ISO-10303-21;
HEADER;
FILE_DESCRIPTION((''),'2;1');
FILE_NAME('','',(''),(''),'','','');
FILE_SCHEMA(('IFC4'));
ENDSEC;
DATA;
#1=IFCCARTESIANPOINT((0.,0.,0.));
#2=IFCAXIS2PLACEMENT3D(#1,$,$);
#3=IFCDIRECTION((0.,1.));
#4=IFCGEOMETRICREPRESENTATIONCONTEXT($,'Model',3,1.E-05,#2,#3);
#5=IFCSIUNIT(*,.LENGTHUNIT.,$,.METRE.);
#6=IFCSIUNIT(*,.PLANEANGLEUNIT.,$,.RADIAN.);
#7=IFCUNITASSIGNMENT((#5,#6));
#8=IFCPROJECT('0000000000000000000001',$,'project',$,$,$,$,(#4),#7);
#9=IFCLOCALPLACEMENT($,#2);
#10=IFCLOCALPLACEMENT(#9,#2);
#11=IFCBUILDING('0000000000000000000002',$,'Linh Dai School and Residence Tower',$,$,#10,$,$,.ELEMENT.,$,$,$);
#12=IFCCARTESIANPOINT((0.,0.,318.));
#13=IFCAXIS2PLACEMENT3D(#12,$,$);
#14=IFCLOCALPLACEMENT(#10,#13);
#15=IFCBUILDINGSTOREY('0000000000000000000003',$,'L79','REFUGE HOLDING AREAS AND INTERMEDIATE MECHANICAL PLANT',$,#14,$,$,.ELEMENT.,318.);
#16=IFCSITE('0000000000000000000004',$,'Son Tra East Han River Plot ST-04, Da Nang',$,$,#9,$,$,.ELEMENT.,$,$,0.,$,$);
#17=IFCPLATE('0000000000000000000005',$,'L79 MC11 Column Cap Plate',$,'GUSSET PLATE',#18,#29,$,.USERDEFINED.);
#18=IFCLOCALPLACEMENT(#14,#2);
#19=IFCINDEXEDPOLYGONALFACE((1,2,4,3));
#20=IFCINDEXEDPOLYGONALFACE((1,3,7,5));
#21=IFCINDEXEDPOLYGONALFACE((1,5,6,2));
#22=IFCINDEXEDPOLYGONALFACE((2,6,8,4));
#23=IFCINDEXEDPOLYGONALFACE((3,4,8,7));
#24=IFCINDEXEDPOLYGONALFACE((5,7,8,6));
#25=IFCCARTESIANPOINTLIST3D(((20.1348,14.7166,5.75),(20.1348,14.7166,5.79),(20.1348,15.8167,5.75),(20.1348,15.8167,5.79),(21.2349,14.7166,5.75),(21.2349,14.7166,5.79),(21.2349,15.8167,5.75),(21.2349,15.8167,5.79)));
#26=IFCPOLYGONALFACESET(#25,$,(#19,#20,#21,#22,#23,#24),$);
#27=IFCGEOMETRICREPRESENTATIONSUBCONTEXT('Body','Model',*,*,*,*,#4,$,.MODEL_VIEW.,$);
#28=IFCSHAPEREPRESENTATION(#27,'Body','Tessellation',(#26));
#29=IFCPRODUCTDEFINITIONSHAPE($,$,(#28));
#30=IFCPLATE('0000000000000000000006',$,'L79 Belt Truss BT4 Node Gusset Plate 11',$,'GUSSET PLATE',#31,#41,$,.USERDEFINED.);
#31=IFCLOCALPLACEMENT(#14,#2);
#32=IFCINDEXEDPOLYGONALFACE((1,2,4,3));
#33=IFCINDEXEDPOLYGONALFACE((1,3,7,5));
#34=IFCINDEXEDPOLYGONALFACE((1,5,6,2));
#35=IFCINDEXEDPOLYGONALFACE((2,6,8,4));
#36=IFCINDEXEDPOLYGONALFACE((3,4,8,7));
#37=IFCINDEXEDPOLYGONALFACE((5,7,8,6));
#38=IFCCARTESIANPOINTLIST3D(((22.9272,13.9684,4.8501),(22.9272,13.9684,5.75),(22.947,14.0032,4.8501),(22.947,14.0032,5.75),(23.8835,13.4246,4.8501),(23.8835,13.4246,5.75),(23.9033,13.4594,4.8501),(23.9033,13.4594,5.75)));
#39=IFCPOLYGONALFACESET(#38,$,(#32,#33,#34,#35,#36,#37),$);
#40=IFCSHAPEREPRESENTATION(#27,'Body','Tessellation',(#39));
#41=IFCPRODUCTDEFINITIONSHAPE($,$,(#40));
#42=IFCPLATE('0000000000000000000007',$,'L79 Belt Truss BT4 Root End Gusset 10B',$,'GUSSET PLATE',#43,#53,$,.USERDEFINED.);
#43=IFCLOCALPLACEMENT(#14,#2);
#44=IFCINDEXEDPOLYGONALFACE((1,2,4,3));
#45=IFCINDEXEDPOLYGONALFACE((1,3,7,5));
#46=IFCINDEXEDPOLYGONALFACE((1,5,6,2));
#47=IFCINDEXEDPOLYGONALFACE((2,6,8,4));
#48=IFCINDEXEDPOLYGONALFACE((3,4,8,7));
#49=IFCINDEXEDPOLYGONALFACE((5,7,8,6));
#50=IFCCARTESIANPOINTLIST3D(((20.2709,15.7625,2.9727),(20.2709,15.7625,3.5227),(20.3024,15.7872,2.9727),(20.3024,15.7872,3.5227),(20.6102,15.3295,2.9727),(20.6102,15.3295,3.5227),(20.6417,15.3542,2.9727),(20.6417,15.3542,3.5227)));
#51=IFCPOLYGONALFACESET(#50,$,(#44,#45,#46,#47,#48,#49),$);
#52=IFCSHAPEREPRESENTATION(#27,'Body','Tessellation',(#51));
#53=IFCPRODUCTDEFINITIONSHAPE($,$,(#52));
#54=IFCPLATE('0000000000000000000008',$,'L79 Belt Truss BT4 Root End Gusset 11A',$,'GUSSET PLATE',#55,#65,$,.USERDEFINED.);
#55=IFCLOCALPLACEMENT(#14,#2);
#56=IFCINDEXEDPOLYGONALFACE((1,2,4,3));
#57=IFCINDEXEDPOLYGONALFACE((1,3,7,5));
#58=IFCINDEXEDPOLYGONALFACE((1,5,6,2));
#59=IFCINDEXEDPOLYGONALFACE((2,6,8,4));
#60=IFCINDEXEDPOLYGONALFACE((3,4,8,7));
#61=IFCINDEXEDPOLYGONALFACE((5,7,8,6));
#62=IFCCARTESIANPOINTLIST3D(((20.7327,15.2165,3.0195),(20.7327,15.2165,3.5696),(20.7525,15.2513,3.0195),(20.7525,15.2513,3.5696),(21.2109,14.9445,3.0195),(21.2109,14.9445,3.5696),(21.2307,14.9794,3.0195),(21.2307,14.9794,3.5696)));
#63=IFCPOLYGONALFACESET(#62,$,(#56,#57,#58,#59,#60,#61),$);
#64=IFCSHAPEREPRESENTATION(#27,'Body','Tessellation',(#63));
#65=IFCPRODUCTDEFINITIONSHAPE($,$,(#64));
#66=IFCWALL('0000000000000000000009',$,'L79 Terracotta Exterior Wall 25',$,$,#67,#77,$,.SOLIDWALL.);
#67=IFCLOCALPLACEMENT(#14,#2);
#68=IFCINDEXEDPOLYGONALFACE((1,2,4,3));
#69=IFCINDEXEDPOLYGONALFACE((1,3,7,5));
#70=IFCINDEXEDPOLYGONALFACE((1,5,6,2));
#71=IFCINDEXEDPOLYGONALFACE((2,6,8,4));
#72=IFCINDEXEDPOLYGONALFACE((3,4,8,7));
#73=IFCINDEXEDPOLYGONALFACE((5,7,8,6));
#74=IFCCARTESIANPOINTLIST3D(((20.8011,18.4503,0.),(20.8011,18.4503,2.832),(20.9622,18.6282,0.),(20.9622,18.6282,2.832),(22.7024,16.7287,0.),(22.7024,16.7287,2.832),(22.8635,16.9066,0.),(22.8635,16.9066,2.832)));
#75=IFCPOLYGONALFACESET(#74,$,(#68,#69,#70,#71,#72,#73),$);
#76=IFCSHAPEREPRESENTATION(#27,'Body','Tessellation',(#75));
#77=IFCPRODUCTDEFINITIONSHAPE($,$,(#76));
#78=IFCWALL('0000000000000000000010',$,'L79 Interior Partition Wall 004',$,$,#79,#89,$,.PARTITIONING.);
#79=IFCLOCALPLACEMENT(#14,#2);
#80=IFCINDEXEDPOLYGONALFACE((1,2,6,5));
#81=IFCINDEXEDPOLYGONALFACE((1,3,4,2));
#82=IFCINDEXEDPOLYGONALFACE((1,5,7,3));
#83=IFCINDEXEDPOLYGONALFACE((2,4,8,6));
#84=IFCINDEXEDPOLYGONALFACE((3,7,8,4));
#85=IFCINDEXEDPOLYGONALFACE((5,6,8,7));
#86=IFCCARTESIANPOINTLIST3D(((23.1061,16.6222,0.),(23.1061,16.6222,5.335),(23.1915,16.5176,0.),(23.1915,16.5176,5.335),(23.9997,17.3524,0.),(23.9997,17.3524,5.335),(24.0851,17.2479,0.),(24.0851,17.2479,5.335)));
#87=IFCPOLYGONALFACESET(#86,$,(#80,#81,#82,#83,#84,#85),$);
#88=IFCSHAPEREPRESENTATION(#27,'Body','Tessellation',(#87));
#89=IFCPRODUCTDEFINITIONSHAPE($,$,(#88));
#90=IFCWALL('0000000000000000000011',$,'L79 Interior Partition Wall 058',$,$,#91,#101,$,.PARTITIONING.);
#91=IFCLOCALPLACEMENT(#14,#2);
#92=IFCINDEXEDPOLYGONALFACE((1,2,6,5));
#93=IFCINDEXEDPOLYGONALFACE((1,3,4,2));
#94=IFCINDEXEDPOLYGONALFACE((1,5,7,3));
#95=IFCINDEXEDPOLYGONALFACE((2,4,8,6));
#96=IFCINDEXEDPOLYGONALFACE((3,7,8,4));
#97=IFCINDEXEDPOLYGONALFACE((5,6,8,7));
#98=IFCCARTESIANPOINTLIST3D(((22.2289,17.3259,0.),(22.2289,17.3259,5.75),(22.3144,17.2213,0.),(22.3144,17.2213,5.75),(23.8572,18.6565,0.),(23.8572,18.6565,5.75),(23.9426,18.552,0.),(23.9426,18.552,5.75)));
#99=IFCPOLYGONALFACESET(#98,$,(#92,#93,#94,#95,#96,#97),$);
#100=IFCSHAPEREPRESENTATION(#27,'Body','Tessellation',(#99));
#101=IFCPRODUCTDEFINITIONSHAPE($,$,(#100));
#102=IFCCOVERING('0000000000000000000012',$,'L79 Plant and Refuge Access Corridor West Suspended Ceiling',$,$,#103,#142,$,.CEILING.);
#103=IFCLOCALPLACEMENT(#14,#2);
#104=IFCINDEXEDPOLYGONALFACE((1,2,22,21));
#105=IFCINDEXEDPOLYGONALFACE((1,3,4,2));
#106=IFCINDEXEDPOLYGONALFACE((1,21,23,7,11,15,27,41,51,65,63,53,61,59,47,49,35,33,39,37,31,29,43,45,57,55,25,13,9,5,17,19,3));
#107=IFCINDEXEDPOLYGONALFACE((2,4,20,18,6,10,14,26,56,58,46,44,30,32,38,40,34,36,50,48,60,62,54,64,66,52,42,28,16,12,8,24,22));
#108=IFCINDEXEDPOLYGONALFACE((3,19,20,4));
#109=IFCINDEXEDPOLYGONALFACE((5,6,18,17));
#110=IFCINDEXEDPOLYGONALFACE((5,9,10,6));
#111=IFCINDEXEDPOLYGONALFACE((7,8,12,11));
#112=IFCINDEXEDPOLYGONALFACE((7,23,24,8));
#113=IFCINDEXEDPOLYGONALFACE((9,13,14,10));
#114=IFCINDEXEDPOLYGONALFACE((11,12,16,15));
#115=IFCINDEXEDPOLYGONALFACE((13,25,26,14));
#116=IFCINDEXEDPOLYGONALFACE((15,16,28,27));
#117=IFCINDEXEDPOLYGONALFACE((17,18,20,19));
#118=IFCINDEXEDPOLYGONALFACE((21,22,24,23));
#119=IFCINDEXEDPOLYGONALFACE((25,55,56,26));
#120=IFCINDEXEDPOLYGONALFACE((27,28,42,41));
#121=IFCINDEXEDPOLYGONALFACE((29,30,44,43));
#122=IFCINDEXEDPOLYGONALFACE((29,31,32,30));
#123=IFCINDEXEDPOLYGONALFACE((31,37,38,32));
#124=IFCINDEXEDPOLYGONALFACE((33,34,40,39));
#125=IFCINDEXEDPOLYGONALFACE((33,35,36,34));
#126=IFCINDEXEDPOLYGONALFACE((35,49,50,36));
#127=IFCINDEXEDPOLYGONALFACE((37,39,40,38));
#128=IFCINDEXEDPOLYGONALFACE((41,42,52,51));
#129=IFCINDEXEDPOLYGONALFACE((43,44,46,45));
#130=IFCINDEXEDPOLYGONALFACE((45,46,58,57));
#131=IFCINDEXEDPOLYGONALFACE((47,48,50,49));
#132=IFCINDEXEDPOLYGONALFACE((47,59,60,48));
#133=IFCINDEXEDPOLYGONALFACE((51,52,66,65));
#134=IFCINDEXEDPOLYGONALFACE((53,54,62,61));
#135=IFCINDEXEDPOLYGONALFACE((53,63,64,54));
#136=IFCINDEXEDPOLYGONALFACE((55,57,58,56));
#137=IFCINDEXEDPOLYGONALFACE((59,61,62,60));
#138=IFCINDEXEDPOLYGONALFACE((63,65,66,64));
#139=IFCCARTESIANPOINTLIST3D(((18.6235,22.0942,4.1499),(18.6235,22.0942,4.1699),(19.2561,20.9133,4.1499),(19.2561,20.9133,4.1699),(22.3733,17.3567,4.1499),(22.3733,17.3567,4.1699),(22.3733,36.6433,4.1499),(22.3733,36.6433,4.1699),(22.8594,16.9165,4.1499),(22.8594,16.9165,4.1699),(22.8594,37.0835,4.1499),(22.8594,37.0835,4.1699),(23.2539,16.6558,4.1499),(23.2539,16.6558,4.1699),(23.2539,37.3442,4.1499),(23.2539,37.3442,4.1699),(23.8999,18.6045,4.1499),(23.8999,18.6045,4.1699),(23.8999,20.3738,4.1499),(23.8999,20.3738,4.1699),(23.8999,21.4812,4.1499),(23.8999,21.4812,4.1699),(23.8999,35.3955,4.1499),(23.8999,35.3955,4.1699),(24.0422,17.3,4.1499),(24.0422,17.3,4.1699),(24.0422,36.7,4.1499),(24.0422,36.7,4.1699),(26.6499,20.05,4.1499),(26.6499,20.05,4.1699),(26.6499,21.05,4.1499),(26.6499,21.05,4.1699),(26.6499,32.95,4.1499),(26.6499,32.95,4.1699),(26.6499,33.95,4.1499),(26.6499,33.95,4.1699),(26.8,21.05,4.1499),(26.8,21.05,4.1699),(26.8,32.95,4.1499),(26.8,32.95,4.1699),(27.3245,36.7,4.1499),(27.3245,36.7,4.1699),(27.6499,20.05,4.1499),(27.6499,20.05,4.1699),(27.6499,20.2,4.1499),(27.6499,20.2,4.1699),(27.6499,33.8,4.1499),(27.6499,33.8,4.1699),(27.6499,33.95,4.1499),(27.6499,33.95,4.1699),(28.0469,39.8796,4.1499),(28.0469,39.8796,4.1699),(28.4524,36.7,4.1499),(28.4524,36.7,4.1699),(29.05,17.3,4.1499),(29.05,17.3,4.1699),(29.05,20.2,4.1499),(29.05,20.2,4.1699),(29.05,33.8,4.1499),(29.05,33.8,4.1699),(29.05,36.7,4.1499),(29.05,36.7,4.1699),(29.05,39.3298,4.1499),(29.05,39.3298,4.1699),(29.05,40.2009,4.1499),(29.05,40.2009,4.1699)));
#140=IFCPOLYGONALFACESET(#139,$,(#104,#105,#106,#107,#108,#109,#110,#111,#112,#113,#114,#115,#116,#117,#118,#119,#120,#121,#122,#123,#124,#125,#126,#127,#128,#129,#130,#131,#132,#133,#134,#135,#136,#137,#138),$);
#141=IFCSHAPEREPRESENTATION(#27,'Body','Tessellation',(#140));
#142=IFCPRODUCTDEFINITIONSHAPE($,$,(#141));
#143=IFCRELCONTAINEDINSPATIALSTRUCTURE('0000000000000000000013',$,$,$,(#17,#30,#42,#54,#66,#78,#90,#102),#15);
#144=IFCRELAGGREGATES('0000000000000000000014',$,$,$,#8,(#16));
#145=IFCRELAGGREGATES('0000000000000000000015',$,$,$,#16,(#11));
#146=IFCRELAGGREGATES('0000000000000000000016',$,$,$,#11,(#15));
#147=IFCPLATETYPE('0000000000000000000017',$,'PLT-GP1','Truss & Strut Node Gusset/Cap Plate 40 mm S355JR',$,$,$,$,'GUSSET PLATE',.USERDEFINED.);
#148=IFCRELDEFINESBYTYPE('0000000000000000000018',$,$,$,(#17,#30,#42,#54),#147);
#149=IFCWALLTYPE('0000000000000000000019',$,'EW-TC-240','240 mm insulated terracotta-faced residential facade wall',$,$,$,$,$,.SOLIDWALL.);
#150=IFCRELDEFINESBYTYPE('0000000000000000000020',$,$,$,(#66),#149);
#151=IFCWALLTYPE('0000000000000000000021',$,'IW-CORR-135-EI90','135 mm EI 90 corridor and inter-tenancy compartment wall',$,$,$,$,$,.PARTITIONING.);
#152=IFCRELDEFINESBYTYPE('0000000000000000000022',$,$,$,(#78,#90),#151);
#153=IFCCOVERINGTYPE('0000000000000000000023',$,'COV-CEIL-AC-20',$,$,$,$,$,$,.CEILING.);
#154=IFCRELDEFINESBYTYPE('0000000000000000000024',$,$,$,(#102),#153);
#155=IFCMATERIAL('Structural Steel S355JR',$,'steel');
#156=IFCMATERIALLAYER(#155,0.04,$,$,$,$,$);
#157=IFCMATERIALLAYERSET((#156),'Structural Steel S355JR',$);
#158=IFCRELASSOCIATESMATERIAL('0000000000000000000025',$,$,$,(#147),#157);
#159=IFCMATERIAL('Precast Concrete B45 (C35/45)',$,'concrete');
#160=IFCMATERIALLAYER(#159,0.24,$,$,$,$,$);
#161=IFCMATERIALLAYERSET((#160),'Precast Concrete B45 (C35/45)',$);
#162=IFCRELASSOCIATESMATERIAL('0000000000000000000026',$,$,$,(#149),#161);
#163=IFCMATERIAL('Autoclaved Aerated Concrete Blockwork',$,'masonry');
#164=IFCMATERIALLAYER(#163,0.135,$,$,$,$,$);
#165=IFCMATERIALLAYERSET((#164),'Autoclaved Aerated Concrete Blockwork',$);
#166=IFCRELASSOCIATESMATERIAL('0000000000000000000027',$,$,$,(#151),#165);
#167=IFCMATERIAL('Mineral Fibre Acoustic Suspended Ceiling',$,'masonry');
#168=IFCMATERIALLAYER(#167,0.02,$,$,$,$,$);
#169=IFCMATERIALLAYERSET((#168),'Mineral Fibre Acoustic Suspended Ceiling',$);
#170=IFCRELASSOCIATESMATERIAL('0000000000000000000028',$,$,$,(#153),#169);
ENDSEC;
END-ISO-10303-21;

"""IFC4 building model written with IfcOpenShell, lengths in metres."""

from ifc_helpers import new_model, si_unit, direction, frame, frame_2d, origin, origin_2d, place, context, subcontext, project, spatial, polyline, rectangle, outline, extrude, source, transform, mapped, material, layer, layer_set, type_object, element, save


model = new_model("IFC4")

# Units and contexts
model_context = context("Model", 3, precision=1e-05, world=origin(), true_north=direction((0.0, 1.0)))
body_context = subcontext(model_context, "Body", "Model", "MODEL_VIEW")
ifc_project = project(units=[si_unit("LENGTHUNIT", "METRE"), si_unit("PLANEANGLEUNIT", "RADIAN")], contexts=[model_context])

# Site, building, storey
site_placement = place(None, origin())
site = spatial("IfcSite", under=ifc_project, at=site_placement, Name="Son Tra East Han River Plot ST-04, Da Nang", CompositionType="ELEMENT", RefElevation=0.0)
building_placement = place(site_placement, origin())
building = spatial("IfcBuilding", under=site, at=building_placement, Name="Linh Dai School and Residence Tower", CompositionType="ELEMENT")
storey_placement = place(building_placement, frame((0.0, 0.0, 318.0)))
storey = spatial("IfcBuildingStorey", under=building, at=storey_placement, Name="L79", Description="REFUGE HOLDING AREAS AND INTERMEDIATE MECHANICAL PLANT", CompositionType="ELEMENT", Elevation=318.0)

# Shared definitions
ifc_material_1 = material(Name="Structural Steel S355JR", Category="steel")

# Plates
ifc_layer_1 = layer(ifc_material_1, 0.04)
ifc_layer_set_1 = layer_set([ifc_layer_1], Name="Structural Steel S355JR")
plate_type = type_object("IfcPlateType", Name="PLT-GP1", Description="Truss & Strut Node Gusset/Cap Plate 40 mm S355JR", ElementType="GUSSET PLATE", PredefinedType="USERDEFINED", material=ifc_layer_set_1)
shared_shape_1 = source(origin(), body_context, "Body", "SweptSolid", [
    extrude(rectangle(XDim=1.1001, YDim=1.1001, at=origin_2d()), origin(), (0.0, 0.0, 1.0), 0.04),
])
plate_1_placement = place(storey_placement, frame((20.6848, 15.2666, 5.75), z_axis=(0.0, 0.0, 1.0), x_axis=(1.0, 0.0, 0.0)))
element("IfcPlate", 1, at=plate_1_placement, inside=storey, type_object=plate_type, Name="L79 MC11 Column Cap Plate", ObjectType="GUSSET PLATE", PredefinedType="USERDEFINED", context=body_context, shape_type="MappedRepresentation", body=[
    mapped(shared_shape_1, transform((0.0, 0.0, 0.0), x_axis=(1.0, 0.0, 0.0), y_axis=(0.0, 1.0, 0.0), z_axis=(0.0, 0.0, 1.0), scale=1.0)),
])
shared_shape_2 = source(origin(), body_context, "Body", "SweptSolid", [
    extrude(rectangle(XDim=1.1001, YDim=0.04, at=origin_2d()), origin(), (0.0, 0.0, 1.0), 0.8999),
])
plate_2_placement = place(storey_placement, frame((23.4153, 13.7139, 4.8501), z_axis=(0.0, 0.0, 1.0), x_axis=(0.869275, -0.494329, 0.0)))
element("IfcPlate", 2, at=plate_2_placement, inside=storey, type_object=plate_type, Name="L79 Belt Truss BT4 Node Gusset Plate 11", ObjectType="GUSSET PLATE", PredefinedType="USERDEFINED", context=body_context, shape_type="MappedRepresentation", body=[
    mapped(shared_shape_2, transform((0.0, 0.0, 0.0), x_axis=(1.0, 0.0, 0.0), y_axis=(0.0, 1.0, 0.0), z_axis=(0.0, 0.0, 1.0), scale=1.0)),
])
shared_shape_3 = source(origin(), body_context, "Body", "SweptSolid", [
    extrude(rectangle(XDim=0.55, YDim=0.04, at=origin_2d()), origin(), (0.0, 0.0, 1.0), 0.55),
])
for number, where, z_axis, x_axis, name in (
    (3, (20.4563, 15.5583, 2.9727), (0.0, 0.0, 1.0), (0.616871, -0.787064, 0.0), "L79 Belt Truss BT4 Root End Gusset 10B"),
    (4, (20.9817, 15.0979, 3.0195), (0.0, 0.0, 1.0), (0.869275, -0.494329, 0.0), "L79 Belt Truss BT4 Root End Gusset 11A"),
):
    element("IfcPlate", number, at=place(storey_placement, frame(where, z_axis=z_axis, x_axis=x_axis)), inside=storey, type_object=plate_type, Name=name, ObjectType="GUSSET PLATE", PredefinedType="USERDEFINED", context=body_context, shape_type="MappedRepresentation", body=[
        mapped(shared_shape_3, transform((0.0, 0.0, 0.0), x_axis=(1.0, 0.0, 0.0), y_axis=(0.0, 1.0, 0.0), z_axis=(0.0, 0.0, 1.0), scale=1.0)),
    ])

# Walls
ifc_material_2 = material(Name="Precast Concrete B45 (C35/45)", Category="concrete")
ifc_layer_2 = layer(ifc_material_2, 0.24)
ifc_layer_set_2 = layer_set([ifc_layer_2], Name="Precast Concrete B45 (C35/45)")
wall_type_1 = type_object("IfcWallType", Name="EW-TC-240", Description="240 mm insulated terracotta-faced residential facade wall", PredefinedType="SOLIDWALL", material=ifc_layer_set_2)
wall_1_placement = place(storey_placement, frame((22.783, 16.8176, 0.0), z_axis=(0.0, 0.0, 1.0), x_axis=(-0.741265, 0.671212, 0.0)))
element("IfcWall", 5, at=wall_1_placement, inside=storey, type_object=wall_type_1, Name="L79 Terracotta Exterior Wall 25", PredefinedType="SOLIDWALL", context=body_context, shape_type="SweptSolid", body=[
    extrude(rectangle(XDim=2.5649, YDim=0.24, at=frame_2d((1.2825, 0.0))), origin(), (0.0, 0.0, 1.0), 2.832),
])
ifc_material_3 = material(Name="Autoclaved Aerated Concrete Blockwork", Category="masonry")
ifc_layer_3 = layer(ifc_material_3, 0.135)
ifc_layer_set_3 = layer_set([ifc_layer_3], Name="Autoclaved Aerated Concrete Blockwork")
wall_type_2 = type_object("IfcWallType", Name="IW-CORR-135-EI90", Description="135 mm EI 90 corridor and inter-tenancy compartment wall", PredefinedType="PARTITIONING", material=ifc_layer_set_3)
wall_2_placement = place(storey_placement, frame((23.1487, 16.5698, 0.0), z_axis=(0.0, 0.0, 1.0), x_axis=(0.774325, 0.632788, 0.0)))
element("IfcWall", 6, at=wall_2_placement, inside=storey, type_object=wall_type_2, Name="L79 Interior Partition Wall 004", PredefinedType="PARTITIONING", context=body_context, shape_type="SweptSolid", body=[
    extrude(rectangle(XDim=1.1541, YDim=0.135, at=frame_2d((0.5771, 0.0))), origin(), (0.0, 0.0, 1.0), 5.335),
])
wall_3_placement = place(storey_placement, frame((22.2717, 17.2737, 0.0), z_axis=(0.0, 0.0, 1.0), x_axis=(0.774324, 0.632789, 0.0)))
element("IfcWall", 7, at=wall_3_placement, inside=storey, type_object=wall_type_2, Name="L79 Interior Partition Wall 058", PredefinedType="PARTITIONING", context=body_context, shape_type="SweptSolid", body=[
    extrude(rectangle(XDim=2.1028, YDim=0.135, at=frame_2d((1.0513, 0.0))), origin(), (0.0, 0.0, 1.0), 5.75),
])

# Covering
ifc_material_4 = material(Name="Mineral Fibre Acoustic Suspended Ceiling", Category="masonry")
ifc_layer_4 = layer(ifc_material_4, 0.02)
ifc_layer_set_4 = layer_set([ifc_layer_4], Name="Mineral Fibre Acoustic Suspended Ceiling")
covering_type_1 = type_object("IfcCoveringType", Name="COV-CEIL-AC-20", PredefinedType="CEILING", material=ifc_layer_set_4)
covering_1_placement = place(storey_placement, frame((0.0, 0.0, 4.1499)))
element("IfcCovering", 8, at=covering_1_placement, inside=storey, type_object=covering_type_1, Name="L79 Plant and Refuge Access Corridor West Suspended Ceiling", PredefinedType="CEILING", context=body_context, shape_type="SweptSolid", body=[
    extrude(outline(polyline([(23.2539, 16.6558), (22.8594, 16.9165), (22.3733, 17.3567), (23.8999, 18.6045), (23.8999, 20.3738), (19.2561, 20.9133), (18.6235, 22.0942), (23.8999, 21.4812), (23.8999, 35.3955), (22.3733, 36.6433), (22.8594, 37.0835), (23.2539, 37.3442), (24.0422, 36.7), (27.3245, 36.7), (28.0469, 39.8796), (29.05, 40.2009), (29.05, 39.3298), (28.4524, 36.7), (29.05, 36.7), (29.05, 33.8), (27.6499, 33.8), (27.6499, 33.95), (26.6499, 33.95), (26.6499, 32.95), (26.8, 32.95), (26.8, 21.05), (26.6499, 21.05), (26.6499, 20.05), (27.6499, 20.05), (27.6499, 20.2), (29.05, 20.2), (29.05, 17.3), (24.0422, 17.3), (23.2539, 16.6558)])), origin(), (0.0, 0.0, 1.0), 0.02),
])

save(model, "model.ifc")
